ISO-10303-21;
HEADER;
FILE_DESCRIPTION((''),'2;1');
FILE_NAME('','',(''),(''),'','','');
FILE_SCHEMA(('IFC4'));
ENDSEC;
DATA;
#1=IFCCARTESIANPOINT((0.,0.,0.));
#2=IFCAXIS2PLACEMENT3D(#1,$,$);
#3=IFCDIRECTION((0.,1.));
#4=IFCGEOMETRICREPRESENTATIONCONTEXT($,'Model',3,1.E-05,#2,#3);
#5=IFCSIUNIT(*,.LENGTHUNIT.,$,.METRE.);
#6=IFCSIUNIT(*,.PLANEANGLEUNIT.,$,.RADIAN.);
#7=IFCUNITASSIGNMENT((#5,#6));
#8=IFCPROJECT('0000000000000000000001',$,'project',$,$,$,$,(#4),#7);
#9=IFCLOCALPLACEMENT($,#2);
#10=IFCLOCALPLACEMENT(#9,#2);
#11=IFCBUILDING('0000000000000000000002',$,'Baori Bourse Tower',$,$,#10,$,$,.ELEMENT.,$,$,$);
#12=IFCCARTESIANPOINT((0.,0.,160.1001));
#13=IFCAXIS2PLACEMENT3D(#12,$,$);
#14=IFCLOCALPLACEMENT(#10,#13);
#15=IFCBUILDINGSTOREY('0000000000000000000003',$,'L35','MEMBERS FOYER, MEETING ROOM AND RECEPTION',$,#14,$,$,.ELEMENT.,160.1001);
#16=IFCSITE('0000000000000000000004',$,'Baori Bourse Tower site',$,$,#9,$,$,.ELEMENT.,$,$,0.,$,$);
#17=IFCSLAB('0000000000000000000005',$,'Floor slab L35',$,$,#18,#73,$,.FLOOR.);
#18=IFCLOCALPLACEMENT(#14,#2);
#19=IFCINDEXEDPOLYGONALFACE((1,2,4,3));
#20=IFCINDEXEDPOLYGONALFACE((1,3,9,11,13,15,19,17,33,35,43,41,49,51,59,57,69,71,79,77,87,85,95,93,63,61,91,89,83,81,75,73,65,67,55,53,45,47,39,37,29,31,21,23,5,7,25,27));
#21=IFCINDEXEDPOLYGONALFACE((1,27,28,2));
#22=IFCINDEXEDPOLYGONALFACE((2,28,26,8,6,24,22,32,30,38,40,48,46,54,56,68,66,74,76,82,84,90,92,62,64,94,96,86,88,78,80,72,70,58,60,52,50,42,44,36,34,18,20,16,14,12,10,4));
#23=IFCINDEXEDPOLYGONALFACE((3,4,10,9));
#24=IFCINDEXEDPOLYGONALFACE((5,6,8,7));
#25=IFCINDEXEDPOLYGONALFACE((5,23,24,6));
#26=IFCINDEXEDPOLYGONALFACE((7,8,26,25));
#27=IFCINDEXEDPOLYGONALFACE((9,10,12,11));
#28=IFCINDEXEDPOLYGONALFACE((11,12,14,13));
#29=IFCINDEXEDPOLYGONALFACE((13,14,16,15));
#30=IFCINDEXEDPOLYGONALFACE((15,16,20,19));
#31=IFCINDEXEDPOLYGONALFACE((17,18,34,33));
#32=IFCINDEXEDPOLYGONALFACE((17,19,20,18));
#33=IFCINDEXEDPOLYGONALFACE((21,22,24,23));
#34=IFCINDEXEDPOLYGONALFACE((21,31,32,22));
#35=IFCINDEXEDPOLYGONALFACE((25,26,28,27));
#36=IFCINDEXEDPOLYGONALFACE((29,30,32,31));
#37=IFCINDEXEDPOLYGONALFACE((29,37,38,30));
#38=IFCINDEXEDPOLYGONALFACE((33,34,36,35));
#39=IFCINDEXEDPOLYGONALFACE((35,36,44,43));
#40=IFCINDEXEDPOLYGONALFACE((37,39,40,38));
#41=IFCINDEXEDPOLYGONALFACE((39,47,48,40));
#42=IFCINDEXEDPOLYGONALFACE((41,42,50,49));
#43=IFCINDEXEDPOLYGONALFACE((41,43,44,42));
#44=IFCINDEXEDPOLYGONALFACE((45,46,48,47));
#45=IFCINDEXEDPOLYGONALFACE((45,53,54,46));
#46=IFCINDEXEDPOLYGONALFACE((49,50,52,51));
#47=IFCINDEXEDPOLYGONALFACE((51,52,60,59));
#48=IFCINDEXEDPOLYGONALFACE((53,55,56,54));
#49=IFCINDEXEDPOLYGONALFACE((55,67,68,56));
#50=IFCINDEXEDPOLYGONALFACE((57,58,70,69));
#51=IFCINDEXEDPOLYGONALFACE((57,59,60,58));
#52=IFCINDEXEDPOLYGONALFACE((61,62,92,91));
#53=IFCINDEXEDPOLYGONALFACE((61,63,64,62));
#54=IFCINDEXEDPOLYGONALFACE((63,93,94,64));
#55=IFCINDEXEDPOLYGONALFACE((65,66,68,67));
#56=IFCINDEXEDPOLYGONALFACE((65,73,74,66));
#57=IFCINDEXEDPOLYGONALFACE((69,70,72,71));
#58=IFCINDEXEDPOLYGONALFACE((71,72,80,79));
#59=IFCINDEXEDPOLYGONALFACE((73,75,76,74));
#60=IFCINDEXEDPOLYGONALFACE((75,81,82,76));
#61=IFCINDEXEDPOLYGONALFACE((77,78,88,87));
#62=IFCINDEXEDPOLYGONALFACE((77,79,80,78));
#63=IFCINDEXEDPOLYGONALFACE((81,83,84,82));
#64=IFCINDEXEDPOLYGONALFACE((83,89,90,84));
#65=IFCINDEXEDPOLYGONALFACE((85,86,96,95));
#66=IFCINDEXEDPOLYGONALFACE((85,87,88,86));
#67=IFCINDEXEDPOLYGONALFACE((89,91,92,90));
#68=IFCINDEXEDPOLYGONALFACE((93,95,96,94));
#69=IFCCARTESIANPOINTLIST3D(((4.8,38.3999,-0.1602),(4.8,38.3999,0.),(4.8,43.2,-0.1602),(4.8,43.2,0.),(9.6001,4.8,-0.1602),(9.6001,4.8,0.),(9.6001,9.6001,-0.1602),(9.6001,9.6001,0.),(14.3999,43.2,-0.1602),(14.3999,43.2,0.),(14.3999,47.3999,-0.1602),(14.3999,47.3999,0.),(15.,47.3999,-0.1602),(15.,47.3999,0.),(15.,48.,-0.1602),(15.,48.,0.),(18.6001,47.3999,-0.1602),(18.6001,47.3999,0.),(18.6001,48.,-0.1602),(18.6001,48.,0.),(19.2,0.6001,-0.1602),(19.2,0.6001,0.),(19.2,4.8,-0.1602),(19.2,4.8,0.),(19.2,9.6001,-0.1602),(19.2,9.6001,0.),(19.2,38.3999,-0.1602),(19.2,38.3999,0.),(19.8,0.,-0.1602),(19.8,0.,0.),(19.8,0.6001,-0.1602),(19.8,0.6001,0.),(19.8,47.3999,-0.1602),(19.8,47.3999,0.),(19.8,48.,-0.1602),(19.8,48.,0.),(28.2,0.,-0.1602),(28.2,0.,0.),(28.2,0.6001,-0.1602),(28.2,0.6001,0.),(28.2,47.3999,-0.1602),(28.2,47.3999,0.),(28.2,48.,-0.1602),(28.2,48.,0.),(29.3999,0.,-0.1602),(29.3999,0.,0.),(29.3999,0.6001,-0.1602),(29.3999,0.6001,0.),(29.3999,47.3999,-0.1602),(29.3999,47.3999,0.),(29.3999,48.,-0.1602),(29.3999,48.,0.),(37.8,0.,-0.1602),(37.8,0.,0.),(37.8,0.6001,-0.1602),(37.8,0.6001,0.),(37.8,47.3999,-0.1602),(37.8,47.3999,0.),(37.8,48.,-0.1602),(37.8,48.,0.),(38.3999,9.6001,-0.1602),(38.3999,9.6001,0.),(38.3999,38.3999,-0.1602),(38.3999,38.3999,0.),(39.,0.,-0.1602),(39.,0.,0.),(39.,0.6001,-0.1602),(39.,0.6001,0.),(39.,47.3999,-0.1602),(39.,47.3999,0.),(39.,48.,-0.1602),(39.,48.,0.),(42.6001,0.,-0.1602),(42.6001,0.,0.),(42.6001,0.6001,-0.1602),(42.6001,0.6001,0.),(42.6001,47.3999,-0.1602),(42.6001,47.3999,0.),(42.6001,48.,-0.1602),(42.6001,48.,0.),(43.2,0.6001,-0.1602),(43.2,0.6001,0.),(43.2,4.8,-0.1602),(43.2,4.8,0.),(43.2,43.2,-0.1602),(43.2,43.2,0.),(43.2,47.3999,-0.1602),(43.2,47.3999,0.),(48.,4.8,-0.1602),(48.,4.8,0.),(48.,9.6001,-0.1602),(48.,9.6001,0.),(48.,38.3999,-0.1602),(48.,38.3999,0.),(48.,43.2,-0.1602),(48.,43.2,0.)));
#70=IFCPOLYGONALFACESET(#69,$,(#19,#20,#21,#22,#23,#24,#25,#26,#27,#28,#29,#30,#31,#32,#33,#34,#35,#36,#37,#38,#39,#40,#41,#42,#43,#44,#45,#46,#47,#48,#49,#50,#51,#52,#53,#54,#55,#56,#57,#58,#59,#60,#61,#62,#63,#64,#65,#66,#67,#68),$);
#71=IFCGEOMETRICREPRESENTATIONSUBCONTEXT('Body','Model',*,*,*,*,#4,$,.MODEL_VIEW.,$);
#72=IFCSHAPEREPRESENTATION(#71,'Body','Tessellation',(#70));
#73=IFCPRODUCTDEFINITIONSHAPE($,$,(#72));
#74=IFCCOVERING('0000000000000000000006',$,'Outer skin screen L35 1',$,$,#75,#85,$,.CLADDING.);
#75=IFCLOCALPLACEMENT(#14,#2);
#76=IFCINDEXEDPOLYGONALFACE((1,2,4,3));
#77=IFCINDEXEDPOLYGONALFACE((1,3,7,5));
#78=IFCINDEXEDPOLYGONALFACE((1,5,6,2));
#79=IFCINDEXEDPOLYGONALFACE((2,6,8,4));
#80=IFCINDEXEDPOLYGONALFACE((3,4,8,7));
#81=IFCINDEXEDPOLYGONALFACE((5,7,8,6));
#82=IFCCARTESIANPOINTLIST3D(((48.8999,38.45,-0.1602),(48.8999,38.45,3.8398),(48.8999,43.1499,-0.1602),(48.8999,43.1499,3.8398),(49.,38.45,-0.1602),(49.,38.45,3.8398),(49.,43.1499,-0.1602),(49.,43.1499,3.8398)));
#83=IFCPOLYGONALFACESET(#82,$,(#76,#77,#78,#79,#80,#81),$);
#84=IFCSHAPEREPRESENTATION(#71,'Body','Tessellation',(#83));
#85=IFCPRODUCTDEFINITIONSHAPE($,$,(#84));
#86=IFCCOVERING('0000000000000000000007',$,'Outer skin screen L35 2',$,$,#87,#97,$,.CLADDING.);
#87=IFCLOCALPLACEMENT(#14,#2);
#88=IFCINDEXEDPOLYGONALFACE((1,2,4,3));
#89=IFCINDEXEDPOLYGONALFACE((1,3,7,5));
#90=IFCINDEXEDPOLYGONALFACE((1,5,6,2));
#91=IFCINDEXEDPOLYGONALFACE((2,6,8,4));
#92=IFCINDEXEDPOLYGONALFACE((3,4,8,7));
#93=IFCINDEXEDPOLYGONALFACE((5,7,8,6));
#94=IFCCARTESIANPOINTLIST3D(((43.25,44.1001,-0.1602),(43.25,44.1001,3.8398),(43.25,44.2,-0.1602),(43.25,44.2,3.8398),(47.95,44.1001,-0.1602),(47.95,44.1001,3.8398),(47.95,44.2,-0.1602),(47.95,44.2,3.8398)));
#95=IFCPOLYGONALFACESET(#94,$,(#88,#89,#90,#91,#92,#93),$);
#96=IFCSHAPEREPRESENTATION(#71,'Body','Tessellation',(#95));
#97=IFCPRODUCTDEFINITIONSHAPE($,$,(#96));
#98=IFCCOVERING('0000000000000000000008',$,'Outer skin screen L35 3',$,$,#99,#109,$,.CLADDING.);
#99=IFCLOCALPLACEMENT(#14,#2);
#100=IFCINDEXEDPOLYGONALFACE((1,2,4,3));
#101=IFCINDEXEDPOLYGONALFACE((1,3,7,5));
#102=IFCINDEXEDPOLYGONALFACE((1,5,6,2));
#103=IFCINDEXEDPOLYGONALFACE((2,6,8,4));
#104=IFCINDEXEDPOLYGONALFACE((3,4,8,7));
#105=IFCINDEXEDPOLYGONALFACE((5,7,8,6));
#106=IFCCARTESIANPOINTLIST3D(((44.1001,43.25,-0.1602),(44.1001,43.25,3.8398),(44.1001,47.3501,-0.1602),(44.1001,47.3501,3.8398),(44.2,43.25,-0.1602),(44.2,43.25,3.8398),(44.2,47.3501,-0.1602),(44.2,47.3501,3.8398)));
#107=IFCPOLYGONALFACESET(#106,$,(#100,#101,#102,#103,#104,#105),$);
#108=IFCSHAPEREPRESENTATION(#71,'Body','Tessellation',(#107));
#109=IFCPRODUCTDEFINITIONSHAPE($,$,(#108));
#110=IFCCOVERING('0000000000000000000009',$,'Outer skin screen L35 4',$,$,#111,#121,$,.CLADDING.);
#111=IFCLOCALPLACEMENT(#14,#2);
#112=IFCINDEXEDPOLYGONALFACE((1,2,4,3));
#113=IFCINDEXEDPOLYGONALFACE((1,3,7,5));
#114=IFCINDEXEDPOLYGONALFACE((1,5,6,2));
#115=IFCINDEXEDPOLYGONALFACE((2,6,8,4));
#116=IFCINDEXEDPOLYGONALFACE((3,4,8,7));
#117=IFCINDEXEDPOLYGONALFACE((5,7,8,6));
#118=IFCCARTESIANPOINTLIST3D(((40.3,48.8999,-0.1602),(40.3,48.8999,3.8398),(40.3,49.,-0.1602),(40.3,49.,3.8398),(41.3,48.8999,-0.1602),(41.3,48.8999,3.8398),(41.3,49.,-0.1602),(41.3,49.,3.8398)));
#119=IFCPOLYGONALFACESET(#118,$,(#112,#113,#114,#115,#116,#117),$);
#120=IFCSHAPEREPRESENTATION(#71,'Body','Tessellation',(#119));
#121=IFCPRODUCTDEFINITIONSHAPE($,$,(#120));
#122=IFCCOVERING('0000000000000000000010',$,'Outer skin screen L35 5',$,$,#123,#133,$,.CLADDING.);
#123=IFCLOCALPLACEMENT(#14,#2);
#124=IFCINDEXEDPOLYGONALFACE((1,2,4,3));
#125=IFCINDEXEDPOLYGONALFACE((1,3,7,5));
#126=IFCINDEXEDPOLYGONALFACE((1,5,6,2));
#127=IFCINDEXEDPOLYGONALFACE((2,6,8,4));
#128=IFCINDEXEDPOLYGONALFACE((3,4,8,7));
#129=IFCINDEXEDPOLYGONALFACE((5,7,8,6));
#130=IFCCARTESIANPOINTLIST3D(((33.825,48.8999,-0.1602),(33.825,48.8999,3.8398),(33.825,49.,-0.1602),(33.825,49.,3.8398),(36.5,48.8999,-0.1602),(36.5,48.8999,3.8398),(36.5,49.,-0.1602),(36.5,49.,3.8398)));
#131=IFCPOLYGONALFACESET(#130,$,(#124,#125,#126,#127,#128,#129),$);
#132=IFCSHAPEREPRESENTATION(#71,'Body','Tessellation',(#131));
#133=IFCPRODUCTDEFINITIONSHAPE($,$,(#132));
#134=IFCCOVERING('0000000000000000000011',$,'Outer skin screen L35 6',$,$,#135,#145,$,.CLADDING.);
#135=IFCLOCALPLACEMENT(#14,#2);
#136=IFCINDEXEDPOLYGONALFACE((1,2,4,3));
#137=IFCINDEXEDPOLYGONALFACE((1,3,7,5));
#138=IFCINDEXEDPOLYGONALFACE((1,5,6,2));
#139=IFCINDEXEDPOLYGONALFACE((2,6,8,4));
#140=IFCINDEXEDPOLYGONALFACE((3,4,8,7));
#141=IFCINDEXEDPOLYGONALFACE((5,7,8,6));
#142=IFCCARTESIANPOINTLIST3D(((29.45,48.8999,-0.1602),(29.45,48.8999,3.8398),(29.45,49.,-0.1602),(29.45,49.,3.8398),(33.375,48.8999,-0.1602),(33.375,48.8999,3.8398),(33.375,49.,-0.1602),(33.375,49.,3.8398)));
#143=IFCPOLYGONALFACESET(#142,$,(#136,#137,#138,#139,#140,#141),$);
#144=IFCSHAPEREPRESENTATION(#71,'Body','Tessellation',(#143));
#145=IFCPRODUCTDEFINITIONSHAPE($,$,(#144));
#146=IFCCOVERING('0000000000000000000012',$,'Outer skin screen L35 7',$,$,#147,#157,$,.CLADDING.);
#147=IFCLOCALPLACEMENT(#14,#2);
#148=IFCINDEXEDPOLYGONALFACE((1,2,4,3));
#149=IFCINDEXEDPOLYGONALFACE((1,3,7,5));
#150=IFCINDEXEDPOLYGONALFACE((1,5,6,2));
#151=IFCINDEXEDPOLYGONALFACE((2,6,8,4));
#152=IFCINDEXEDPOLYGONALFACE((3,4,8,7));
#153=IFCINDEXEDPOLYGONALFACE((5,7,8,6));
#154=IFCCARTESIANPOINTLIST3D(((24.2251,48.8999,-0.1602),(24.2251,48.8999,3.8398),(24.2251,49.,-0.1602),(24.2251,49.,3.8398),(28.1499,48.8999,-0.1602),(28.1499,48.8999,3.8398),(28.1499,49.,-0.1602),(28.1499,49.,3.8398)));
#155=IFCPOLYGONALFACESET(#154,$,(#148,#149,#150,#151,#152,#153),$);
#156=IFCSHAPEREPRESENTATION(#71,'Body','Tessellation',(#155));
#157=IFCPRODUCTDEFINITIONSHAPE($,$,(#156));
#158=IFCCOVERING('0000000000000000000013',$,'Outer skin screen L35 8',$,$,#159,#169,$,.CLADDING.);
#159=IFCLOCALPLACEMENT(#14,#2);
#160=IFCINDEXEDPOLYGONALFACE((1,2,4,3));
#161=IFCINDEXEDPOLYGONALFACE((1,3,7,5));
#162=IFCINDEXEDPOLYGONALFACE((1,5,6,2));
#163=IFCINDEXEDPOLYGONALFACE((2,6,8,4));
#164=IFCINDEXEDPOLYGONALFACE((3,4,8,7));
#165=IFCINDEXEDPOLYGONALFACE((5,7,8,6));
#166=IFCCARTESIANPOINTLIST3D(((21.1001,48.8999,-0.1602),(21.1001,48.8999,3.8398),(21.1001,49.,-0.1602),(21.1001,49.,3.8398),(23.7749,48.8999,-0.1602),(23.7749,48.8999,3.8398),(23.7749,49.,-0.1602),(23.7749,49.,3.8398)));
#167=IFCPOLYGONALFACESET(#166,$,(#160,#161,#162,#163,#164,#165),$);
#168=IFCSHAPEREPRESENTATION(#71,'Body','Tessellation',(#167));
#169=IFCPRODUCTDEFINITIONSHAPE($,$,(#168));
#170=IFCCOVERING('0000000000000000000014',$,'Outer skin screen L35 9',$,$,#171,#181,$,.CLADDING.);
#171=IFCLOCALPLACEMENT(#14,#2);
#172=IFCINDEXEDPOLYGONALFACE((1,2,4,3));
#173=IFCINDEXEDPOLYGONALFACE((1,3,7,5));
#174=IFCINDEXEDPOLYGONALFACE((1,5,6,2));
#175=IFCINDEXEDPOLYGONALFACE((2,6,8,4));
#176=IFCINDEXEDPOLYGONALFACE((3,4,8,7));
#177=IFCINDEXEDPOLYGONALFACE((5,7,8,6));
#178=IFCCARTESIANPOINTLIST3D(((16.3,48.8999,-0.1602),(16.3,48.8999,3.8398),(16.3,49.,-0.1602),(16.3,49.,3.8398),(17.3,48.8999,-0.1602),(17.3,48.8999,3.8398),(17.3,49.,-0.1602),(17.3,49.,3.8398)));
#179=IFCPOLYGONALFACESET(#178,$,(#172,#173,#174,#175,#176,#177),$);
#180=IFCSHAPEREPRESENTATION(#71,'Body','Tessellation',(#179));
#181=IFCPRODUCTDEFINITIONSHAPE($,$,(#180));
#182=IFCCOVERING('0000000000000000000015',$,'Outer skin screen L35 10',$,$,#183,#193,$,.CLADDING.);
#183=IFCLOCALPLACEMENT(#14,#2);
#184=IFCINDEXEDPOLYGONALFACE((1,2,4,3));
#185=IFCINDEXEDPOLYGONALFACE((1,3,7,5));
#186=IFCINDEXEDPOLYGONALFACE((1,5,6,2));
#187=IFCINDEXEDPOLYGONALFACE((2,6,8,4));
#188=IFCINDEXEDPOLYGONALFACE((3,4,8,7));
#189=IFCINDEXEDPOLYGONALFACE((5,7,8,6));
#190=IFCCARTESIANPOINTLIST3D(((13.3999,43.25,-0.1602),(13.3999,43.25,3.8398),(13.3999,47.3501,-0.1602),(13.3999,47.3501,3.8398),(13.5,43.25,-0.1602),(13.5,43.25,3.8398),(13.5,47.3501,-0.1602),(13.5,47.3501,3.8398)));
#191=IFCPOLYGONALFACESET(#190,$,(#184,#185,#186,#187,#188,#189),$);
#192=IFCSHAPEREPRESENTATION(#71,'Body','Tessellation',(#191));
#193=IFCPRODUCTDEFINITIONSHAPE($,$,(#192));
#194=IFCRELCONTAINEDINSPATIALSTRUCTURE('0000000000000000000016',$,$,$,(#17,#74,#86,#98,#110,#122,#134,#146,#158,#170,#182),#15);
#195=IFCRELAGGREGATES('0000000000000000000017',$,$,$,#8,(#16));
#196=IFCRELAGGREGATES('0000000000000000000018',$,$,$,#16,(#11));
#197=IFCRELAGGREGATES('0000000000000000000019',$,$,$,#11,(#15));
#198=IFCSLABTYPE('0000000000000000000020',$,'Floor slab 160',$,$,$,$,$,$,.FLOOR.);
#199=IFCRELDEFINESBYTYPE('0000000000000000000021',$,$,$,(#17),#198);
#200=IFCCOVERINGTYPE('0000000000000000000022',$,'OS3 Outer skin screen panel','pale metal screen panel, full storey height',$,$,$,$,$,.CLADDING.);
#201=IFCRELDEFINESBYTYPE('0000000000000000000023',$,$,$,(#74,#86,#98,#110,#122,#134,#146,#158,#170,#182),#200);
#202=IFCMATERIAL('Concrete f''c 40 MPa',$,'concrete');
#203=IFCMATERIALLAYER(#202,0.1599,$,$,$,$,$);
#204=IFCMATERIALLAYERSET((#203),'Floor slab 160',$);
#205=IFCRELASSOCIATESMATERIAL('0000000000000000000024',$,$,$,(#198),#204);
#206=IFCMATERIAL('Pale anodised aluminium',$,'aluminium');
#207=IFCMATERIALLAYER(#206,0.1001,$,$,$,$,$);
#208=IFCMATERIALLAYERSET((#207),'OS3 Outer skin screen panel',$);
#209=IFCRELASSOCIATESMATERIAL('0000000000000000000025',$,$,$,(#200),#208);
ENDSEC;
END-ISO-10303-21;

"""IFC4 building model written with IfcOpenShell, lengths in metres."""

from ifc_helpers import new_model, si_unit, direction, frame, origin, place, context, subcontext, project, spatial, polyline, outline, extrude, material, layer, layer_set, type_object, element, save


model = new_model("IFC4")

# Units and contexts
model_context = context("Model", 3, precision=1e-05, world=origin(), true_north=direction((0.0, 1.0)))
body_context = subcontext(model_context, "Body", "Model", "MODEL_VIEW")
ifc_project = project(units=[si_unit("LENGTHUNIT", "METRE"), si_unit("PLANEANGLEUNIT", "RADIAN")], contexts=[model_context])

# Site, building, storey
site_placement = place(None, origin())
site = spatial("IfcSite", under=ifc_project, at=site_placement, Name="Baori Bourse Tower site", CompositionType="ELEMENT", RefElevation=0.0)
building_placement = place(site_placement, origin())
building = spatial("IfcBuilding", under=site, at=building_placement, Name="Baori Bourse Tower", CompositionType="ELEMENT")
storey_placement = place(building_placement, frame((0.0, 0.0, 160.1001)))
storey = spatial("IfcBuildingStorey", under=building, at=storey_placement, Name="L35", Description="MEMBERS FOYER, MEETING ROOM AND RECEPTION", CompositionType="ELEMENT", Elevation=160.1001)

# Slab
ifc_material_1 = material(Name="Concrete f'c 40 MPa", Category="concrete")
ifc_layer_1 = layer(ifc_material_1, 0.1599)
ifc_layer_set_1 = layer_set([ifc_layer_1], Name="Floor slab 160")
slab_type_1 = type_object("IfcSlabType", Name="Floor slab 160", PredefinedType="FLOOR", material=ifc_layer_set_1)
slab_1_placement = place(storey_placement, frame((0.0, 0.0, -0.1602)))
element("IfcSlab", 1, at=slab_1_placement, inside=storey, type_object=slab_type_1, Name="Floor slab L35", PredefinedType="FLOOR", context=body_context, shape_type="SweptSolid", body=[
    extrude(outline(polyline([(19.2, 4.8), (9.6001, 4.8), (9.6001, 9.6001), (19.2, 9.6001), (19.2, 38.3999), (4.8, 38.3999), (4.8, 43.2), (14.3999, 43.2), (14.3999, 47.3999), (15.0, 47.3999), (15.0, 48.0), (18.6001, 48.0), (18.6001, 47.3999), (19.8, 47.3999), (19.8, 48.0), (28.2, 48.0), (28.2, 47.3999), (29.3999, 47.3999), (29.3999, 48.0), (37.8, 48.0), (37.8, 47.3999), (39.0, 47.3999), (39.0, 48.0), (42.6001, 48.0), (42.6001, 47.3999), (43.2, 47.3999), (43.2, 43.2), (48.0, 43.2), (48.0, 38.3999), (38.3999, 38.3999), (38.3999, 9.6001), (48.0, 9.6001), (48.0, 4.8), (43.2, 4.8), (43.2, 0.6001), (42.6001, 0.6001), (42.6001, 0.0), (39.0, 0.0), (39.0, 0.6001), (37.8, 0.6001), (37.8, 0.0), (29.3999, 0.0), (29.3999, 0.6001), (28.2, 0.6001), (28.2, 0.0), (19.8, 0.0), (19.8, 0.6001), (19.2, 0.6001), (19.2, 4.8)])), origin(), (0.0, 0.0, 1.0), 0.1602),
])

# Coverings
ifc_material_2 = material(Name="Pale anodised aluminium", Category="aluminium")
ifc_layer_2 = layer(ifc_material_2, 0.1001)
ifc_layer_set_2 = layer_set([ifc_layer_2], Name="OS3 Outer skin screen panel")
covering_type = type_object("IfcCoveringType", Name="OS3 Outer skin screen panel", Description="pale metal screen panel, full storey height", PredefinedType="CLADDING", material=ifc_layer_set_2)
covering_1_placement = place(storey_placement, frame((0.0, 0.0, -0.1602)))
element("IfcCovering", 2, at=covering_1_placement, inside=storey, type_object=covering_type, Name="Outer skin screen L35 1", PredefinedType="CLADDING", context=body_context, shape_type="SweptSolid", body=[
    extrude(outline(polyline([(48.8999, 43.1499), (48.8999, 38.45), (49.0, 38.45), (49.0, 43.1499), (48.8999, 43.1499)])), origin(), (0.0, 0.0, 1.0), 4.0),
])
covering_2_placement = place(storey_placement, frame((0.0, 0.0, -0.1602)))
element("IfcCovering", 3, at=covering_2_placement, inside=storey, type_object=covering_type, Name="Outer skin screen L35 2", PredefinedType="CLADDING", context=body_context, shape_type="SweptSolid", body=[
    extrude(outline(polyline([(43.25, 44.1001), (47.95, 44.1001), (47.95, 44.2), (43.25, 44.2), (43.25, 44.1001)])), origin(), (0.0, 0.0, 1.0), 4.0),
])
covering_3_placement = place(storey_placement, frame((0.0, 0.0, -0.1602)))
element("IfcCovering", 4, at=covering_3_placement, inside=storey, type_object=covering_type, Name="Outer skin screen L35 3", PredefinedType="CLADDING", context=body_context, shape_type="SweptSolid", body=[
    extrude(outline(polyline([(44.1001, 47.3501), (44.1001, 43.25), (44.2, 43.25), (44.2, 47.3501), (44.1001, 47.3501)])), origin(), (0.0, 0.0, 1.0), 4.0),
])
covering_4_placement = place(storey_placement, frame((0.0, 0.0, -0.1602)))
element("IfcCovering", 5, at=covering_4_placement, inside=storey, type_object=covering_type, Name="Outer skin screen L35 4", PredefinedType="CLADDING", context=body_context, shape_type="SweptSolid", body=[
    extrude(outline(polyline([(40.3, 48.8999), (41.3, 48.8999), (41.3, 49.0), (40.3, 49.0), (40.3, 48.8999)])), origin(), (0.0, 0.0, 1.0), 4.0),
])
covering_5_placement = place(storey_placement, frame((0.0, 0.0, -0.1602)))
element("IfcCovering", 6, at=covering_5_placement, inside=storey, type_object=covering_type, Name="Outer skin screen L35 5", PredefinedType="CLADDING", context=body_context, shape_type="SweptSolid", body=[
    extrude(outline(polyline([(33.825, 48.8999), (36.5, 48.8999), (36.5, 49.0), (33.825, 49.0), (33.825, 48.8999)])), origin(), (0.0, 0.0, 1.0), 4.0),
])
covering_6_placement = place(storey_placement, frame((0.0, 0.0, -0.1602)))
element("IfcCovering", 7, at=covering_6_placement, inside=storey, type_object=covering_type, Name="Outer skin screen L35 6", PredefinedType="CLADDING", context=body_context, shape_type="SweptSolid", body=[
    extrude(outline(polyline([(29.45, 48.8999), (33.375, 48.8999), (33.375, 49.0), (29.45, 49.0), (29.45, 48.8999)])), origin(), (0.0, 0.0, 1.0), 4.0),
])
covering_7_placement = place(storey_placement, frame((0.0, 0.0, -0.1602)))
element("IfcCovering", 8, at=covering_7_placement, inside=storey, type_object=covering_type, Name="Outer skin screen L35 7", PredefinedType="CLADDING", context=body_context, shape_type="SweptSolid", body=[
    extrude(outline(polyline([(24.2251, 48.8999), (28.1499, 48.8999), (28.1499, 49.0), (24.2251, 49.0), (24.2251, 48.8999)])), origin(), (0.0, 0.0, 1.0), 4.0),
])
covering_8_placement = place(storey_placement, frame((0.0, 0.0, -0.1602)))
element("IfcCovering", 9, at=covering_8_placement, inside=storey, type_object=covering_type, Name="Outer skin screen L35 8", PredefinedType="CLADDING", context=body_context, shape_type="SweptSolid", body=[
    extrude(outline(polyline([(21.1001, 48.8999), (23.7749, 48.8999), (23.7749, 49.0), (21.1001, 49.0), (21.1001, 48.8999)])), origin(), (0.0, 0.0, 1.0), 4.0),
])
covering_9_placement = place(storey_placement, frame((0.0, 0.0, -0.1602)))
element("IfcCovering", 10, at=covering_9_placement, inside=storey, type_object=covering_type, Name="Outer skin screen L35 9", PredefinedType="CLADDING", context=body_context, shape_type="SweptSolid", body=[
    extrude(outline(polyline([(16.3, 48.8999), (17.3, 48.8999), (17.3, 49.0), (16.3, 49.0), (16.3, 48.8999)])), origin(), (0.0, 0.0, 1.0), 4.0),
])
covering_10_placement = place(storey_placement, frame((0.0, 0.0, -0.1602)))
element("IfcCovering", 11, at=covering_10_placement, inside=storey, type_object=covering_type, Name="Outer skin screen L35 10", PredefinedType="CLADDING", context=body_context, shape_type="SweptSolid", body=[
    extrude(outline(polyline([(13.5, 43.25), (13.5, 47.3501), (13.3999, 47.3501), (13.3999, 43.25), (13.5, 43.25)])), origin(), (0.0, 0.0, 1.0), 4.0),
])

save(model, "model.ifc")
